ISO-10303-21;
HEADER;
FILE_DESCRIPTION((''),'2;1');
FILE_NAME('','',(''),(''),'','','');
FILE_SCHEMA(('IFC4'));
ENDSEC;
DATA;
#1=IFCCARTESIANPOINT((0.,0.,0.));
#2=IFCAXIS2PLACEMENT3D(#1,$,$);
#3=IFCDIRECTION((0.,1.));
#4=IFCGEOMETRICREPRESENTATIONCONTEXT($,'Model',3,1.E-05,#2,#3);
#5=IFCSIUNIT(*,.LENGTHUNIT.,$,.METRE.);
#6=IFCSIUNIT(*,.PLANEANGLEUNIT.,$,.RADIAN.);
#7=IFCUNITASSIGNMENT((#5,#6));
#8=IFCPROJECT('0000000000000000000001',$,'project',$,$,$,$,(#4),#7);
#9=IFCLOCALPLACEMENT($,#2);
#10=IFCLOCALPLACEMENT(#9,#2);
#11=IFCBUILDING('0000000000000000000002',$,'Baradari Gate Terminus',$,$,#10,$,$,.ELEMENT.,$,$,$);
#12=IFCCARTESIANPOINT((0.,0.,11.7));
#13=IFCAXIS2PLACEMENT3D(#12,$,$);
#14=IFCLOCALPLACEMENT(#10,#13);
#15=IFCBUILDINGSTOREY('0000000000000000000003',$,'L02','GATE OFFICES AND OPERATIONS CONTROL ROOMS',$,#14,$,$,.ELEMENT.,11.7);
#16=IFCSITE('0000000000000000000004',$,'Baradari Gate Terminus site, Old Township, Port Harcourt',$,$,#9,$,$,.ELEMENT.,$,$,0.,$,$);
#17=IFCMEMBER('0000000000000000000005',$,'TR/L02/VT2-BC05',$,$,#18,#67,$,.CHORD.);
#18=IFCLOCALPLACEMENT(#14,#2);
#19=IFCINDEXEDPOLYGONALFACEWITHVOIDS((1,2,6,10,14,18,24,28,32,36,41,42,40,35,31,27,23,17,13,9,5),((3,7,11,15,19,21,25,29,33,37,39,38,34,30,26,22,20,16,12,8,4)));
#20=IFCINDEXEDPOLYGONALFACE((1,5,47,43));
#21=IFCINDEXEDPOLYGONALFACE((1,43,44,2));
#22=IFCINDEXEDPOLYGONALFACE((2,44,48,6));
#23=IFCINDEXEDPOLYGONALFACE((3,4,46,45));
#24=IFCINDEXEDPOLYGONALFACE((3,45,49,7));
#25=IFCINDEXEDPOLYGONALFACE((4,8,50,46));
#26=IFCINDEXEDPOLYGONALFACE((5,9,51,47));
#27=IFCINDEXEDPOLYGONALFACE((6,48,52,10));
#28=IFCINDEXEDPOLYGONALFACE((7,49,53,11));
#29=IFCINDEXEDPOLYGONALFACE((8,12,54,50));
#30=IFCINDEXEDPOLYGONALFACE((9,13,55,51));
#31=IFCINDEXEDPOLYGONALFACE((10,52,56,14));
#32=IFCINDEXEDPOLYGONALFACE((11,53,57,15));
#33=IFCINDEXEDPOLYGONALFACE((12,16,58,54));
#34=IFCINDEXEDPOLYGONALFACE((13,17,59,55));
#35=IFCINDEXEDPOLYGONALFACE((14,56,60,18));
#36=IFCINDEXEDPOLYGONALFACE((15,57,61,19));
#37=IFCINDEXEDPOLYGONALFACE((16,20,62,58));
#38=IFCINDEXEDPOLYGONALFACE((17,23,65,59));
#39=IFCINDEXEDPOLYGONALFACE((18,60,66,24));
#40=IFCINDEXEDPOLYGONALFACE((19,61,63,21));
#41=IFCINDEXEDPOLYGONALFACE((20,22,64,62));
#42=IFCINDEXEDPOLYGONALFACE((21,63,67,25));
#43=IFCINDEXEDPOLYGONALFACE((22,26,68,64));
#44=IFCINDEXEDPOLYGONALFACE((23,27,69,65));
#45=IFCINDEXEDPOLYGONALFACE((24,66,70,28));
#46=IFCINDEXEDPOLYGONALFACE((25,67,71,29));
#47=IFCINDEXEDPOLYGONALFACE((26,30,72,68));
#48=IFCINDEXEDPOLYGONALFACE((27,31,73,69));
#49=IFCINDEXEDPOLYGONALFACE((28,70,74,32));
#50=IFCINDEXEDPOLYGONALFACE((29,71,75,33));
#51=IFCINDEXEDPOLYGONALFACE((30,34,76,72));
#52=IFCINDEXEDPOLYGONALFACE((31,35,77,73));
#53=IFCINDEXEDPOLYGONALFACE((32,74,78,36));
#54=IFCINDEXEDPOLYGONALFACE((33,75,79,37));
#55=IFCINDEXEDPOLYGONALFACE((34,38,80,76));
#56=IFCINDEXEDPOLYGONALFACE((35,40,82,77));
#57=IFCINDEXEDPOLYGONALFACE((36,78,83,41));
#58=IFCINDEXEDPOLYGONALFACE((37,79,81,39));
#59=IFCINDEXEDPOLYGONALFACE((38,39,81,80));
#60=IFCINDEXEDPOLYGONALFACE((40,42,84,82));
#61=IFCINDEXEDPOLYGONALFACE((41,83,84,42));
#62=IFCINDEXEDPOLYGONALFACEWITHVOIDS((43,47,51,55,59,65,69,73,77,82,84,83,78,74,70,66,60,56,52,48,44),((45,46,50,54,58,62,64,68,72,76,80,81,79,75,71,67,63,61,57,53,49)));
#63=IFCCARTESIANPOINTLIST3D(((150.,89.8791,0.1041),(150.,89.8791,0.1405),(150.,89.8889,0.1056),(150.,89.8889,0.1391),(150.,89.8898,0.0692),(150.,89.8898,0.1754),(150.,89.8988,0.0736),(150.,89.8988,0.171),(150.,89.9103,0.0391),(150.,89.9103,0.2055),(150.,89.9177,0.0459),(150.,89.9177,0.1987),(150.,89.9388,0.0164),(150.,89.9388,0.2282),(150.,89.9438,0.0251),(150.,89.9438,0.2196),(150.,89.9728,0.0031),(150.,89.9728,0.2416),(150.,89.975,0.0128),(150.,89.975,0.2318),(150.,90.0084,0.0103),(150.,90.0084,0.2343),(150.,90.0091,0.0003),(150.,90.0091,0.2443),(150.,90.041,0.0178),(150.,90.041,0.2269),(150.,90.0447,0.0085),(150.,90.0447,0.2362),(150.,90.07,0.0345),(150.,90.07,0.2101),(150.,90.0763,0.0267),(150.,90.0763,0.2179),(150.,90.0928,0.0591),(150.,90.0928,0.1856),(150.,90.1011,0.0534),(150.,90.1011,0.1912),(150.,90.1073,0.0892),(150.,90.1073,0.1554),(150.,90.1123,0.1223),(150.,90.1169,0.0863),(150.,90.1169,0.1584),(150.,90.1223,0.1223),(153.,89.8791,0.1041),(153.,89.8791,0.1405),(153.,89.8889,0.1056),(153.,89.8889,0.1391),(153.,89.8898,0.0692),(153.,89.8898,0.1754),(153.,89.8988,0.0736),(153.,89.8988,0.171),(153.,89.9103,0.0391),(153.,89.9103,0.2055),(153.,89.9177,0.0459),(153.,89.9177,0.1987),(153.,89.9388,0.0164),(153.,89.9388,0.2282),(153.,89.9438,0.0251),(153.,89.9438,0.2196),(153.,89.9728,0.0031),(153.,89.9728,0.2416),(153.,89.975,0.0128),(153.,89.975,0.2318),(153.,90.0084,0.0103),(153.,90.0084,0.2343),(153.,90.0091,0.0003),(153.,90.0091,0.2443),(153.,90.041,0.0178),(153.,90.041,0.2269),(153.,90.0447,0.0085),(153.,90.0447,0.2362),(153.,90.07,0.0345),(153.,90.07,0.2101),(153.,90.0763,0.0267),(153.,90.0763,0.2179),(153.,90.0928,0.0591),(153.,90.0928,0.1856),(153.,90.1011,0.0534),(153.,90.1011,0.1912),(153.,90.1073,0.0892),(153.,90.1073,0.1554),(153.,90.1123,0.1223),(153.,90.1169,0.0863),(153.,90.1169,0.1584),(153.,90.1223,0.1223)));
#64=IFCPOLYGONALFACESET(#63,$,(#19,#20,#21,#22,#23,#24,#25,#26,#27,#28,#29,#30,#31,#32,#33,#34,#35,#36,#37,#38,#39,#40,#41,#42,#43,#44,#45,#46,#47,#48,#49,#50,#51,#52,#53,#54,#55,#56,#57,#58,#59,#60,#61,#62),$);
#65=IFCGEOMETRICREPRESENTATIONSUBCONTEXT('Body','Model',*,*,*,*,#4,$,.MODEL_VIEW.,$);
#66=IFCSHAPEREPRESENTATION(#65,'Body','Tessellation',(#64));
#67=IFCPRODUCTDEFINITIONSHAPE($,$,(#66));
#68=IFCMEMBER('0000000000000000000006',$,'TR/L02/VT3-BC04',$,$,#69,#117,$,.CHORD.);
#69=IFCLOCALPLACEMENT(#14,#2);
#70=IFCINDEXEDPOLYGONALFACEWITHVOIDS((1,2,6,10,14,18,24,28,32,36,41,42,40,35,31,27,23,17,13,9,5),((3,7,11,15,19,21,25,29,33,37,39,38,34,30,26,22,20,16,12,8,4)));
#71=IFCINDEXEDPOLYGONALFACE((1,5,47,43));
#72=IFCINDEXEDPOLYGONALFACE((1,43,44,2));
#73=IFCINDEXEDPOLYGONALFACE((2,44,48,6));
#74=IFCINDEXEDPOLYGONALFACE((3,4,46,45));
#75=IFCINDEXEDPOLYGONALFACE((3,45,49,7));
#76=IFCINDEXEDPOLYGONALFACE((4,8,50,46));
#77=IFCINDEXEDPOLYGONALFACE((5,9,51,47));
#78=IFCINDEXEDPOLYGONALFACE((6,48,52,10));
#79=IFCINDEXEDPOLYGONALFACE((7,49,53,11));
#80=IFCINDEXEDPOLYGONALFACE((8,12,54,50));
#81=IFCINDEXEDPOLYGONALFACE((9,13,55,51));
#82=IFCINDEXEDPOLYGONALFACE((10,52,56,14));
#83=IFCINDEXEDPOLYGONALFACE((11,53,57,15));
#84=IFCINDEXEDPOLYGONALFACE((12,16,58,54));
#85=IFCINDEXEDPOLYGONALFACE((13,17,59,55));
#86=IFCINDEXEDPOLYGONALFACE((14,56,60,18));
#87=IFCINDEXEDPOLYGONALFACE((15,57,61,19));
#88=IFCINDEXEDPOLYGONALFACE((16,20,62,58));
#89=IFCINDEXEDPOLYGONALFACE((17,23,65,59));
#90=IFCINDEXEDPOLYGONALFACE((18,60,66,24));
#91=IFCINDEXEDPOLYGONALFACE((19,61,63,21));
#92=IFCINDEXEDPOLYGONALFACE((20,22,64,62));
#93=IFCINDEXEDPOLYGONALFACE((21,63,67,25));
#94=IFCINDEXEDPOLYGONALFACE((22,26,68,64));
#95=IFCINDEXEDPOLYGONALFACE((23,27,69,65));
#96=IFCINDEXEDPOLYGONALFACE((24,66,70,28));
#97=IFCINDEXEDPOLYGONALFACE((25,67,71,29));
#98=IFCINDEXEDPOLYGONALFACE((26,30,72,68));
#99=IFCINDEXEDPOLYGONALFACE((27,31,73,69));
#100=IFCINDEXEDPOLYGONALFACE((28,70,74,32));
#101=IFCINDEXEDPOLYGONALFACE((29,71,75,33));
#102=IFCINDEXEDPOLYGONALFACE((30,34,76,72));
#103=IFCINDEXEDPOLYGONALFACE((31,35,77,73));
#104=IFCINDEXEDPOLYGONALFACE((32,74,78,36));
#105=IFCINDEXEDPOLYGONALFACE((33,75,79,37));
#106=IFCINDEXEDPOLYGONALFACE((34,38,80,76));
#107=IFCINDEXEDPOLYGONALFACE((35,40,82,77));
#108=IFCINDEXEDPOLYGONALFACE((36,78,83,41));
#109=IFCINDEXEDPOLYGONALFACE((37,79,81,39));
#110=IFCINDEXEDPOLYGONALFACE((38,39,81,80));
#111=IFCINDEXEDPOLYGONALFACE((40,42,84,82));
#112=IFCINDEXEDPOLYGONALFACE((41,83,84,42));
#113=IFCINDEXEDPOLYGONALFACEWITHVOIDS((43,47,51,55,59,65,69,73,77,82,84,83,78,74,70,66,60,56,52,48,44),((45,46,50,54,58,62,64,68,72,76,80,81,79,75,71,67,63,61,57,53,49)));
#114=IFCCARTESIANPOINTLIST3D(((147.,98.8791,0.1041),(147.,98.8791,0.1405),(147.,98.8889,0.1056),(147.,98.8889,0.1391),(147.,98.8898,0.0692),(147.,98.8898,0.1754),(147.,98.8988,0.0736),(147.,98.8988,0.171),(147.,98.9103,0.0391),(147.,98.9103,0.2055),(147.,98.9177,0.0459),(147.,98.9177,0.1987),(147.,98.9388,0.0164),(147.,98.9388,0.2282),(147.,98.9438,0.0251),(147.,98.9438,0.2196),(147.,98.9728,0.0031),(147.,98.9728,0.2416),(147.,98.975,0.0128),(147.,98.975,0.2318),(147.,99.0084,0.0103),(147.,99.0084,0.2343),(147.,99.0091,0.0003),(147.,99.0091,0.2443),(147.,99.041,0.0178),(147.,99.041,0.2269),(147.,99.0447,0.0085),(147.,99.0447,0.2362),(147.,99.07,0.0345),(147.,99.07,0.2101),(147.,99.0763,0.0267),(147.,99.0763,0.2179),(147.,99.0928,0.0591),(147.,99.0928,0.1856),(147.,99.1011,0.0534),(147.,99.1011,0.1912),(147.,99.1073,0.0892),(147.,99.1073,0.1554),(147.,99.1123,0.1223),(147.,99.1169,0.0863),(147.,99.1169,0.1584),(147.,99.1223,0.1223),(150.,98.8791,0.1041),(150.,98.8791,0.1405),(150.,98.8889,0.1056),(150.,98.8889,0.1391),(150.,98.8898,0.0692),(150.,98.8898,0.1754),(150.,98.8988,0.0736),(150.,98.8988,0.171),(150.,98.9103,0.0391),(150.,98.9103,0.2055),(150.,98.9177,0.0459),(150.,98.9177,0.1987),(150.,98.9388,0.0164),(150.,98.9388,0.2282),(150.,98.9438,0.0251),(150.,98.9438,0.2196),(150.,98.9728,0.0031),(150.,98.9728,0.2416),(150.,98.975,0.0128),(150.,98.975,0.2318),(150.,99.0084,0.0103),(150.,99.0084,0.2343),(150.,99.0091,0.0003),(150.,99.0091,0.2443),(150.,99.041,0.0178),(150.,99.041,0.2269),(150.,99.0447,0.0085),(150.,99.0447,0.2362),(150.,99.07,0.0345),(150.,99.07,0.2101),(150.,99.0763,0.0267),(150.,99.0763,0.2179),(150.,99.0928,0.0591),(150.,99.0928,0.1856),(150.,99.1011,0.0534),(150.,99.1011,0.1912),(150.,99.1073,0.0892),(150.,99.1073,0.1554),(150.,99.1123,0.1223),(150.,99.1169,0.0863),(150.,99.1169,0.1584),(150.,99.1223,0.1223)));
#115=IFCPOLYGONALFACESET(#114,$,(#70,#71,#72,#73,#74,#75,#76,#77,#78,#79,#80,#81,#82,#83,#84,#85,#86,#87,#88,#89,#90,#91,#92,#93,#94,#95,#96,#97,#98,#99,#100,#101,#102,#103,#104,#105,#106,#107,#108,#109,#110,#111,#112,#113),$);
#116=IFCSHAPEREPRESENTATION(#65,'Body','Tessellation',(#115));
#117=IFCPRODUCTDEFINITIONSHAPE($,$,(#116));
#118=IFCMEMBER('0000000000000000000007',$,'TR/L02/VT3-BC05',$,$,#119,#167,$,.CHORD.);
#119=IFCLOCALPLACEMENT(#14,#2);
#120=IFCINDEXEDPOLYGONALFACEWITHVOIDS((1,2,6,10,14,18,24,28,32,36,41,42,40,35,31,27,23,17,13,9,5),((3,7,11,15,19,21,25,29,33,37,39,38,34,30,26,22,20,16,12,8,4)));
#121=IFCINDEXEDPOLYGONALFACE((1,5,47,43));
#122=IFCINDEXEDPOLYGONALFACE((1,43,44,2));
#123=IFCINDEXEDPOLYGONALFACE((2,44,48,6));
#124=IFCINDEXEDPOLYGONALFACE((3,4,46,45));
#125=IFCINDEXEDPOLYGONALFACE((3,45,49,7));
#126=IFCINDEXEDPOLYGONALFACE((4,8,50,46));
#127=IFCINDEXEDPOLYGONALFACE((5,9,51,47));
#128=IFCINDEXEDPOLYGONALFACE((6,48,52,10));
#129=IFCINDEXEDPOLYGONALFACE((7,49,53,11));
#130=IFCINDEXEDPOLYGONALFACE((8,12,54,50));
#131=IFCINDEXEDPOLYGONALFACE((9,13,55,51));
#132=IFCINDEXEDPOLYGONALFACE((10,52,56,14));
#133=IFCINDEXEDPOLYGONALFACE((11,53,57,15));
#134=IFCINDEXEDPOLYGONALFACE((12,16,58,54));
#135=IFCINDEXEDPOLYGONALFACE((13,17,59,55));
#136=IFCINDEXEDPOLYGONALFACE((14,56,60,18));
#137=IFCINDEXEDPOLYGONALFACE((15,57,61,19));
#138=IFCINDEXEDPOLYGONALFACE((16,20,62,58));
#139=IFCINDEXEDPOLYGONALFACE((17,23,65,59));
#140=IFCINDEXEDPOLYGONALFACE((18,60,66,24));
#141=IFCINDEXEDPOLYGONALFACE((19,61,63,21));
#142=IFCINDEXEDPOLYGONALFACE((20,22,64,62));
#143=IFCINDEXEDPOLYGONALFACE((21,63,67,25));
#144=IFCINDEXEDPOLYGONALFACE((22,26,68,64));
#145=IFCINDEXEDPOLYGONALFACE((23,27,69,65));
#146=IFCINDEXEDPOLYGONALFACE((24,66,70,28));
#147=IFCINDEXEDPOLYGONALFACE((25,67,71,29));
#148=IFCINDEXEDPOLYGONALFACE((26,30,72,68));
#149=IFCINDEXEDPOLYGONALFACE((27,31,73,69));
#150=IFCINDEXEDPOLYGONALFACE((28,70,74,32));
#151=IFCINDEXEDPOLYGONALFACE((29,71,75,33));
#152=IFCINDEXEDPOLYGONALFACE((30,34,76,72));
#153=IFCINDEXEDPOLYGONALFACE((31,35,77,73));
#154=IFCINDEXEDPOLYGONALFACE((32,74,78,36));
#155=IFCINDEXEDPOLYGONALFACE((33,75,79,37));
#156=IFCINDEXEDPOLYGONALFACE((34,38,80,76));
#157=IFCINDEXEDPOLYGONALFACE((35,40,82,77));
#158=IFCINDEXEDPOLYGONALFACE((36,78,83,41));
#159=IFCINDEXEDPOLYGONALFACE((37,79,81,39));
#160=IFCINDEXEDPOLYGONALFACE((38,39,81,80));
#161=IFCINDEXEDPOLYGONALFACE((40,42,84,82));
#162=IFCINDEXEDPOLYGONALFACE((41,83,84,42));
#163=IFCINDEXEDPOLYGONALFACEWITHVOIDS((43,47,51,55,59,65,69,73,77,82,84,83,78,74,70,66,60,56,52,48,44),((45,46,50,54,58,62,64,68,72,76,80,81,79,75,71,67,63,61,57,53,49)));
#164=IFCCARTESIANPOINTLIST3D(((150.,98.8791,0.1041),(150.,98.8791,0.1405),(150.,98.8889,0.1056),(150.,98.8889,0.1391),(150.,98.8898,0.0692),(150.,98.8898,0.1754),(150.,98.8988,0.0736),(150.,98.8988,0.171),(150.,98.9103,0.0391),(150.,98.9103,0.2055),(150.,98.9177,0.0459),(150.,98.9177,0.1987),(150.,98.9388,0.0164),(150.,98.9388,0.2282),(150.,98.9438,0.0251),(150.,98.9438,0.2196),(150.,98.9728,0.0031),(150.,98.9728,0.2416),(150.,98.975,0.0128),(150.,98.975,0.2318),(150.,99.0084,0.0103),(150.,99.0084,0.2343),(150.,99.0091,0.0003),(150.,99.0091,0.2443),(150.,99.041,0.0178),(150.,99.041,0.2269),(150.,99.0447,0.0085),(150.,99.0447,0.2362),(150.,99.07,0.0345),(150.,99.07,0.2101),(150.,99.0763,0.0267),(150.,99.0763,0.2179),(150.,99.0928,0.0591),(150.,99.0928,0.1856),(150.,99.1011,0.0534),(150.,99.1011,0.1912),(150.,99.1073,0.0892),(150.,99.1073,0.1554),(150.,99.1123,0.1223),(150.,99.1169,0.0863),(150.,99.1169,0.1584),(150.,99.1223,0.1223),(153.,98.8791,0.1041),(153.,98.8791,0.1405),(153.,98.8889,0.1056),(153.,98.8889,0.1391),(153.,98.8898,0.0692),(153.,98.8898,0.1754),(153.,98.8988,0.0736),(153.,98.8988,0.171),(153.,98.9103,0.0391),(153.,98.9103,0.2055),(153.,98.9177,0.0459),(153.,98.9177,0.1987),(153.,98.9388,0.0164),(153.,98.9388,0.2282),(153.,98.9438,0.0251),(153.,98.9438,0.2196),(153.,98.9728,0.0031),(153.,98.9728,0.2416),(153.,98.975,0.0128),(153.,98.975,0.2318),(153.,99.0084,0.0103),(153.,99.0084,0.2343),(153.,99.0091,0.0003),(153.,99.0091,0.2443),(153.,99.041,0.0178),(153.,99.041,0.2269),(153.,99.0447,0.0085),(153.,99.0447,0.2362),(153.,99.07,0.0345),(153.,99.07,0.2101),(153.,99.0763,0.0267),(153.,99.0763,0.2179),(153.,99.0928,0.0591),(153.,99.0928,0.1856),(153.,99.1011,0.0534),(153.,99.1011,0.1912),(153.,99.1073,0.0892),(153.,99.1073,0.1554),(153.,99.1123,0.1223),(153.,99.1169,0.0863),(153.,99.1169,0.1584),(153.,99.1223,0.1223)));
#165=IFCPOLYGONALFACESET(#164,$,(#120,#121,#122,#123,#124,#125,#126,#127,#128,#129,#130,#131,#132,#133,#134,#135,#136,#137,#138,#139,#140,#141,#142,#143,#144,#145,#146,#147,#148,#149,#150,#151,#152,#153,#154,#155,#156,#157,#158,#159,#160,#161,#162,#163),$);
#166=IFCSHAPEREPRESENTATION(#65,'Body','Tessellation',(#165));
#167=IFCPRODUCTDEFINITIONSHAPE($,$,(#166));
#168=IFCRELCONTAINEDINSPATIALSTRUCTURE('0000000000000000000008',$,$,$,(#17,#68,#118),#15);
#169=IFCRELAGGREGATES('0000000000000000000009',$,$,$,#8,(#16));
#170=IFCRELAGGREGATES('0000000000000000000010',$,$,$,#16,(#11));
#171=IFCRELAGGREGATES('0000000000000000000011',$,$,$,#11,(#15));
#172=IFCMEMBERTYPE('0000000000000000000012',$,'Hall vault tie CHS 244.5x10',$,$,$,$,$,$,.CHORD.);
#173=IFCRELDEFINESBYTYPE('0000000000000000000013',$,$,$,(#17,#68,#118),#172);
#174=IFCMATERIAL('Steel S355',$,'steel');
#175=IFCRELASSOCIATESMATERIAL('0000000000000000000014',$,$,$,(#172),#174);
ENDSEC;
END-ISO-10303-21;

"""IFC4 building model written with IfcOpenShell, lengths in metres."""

from ifc_helpers import new_model, si_unit, direction, frame, origin, origin_2d, place, context, subcontext, project, spatial, hollow_circle, extrude, material, material_profile, profile_set, type_object, element, save


model = new_model("IFC4")

# Units and contexts
model_context = context("Model", 3, precision=1e-05, world=origin(), true_north=direction((0.0, 1.0)))
body_context = subcontext(model_context, "Body", "Model", "MODEL_VIEW")
ifc_project = project(units=[si_unit("LENGTHUNIT", "METRE"), si_unit("PLANEANGLEUNIT", "RADIAN")], contexts=[model_context])

# Site, building, storey
site_placement = place(None, origin())
site = spatial("IfcSite", under=ifc_project, at=site_placement, Name="Baradari Gate Terminus site, Old Township, Port Harcourt", CompositionType="ELEMENT", RefElevation=0.0)
building_placement = place(site_placement, origin())
building = spatial("IfcBuilding", under=site, at=building_placement, Name="Baradari Gate Terminus", CompositionType="ELEMENT")
storey_placement = place(building_placement, frame((0.0, 0.0, 11.7)))
storey = spatial("IfcBuildingStorey", under=building, at=storey_placement, Name="L02", Description="GATE OFFICES AND OPERATIONS CONTROL ROOMS", CompositionType="ELEMENT", Elevation=11.7)

# Members
ifc_material_1 = material(Name="Steel S355", Category="steel")
ifc_material_profile_1 = material_profile(ifc_material_1, hollow_circle(Radius=0.1223, WallThickness=0.01, at=origin_2d()), Name="CHS 244.5x10")
ifc_profile_set_1 = profile_set([ifc_material_profile_1], Name="Steel S355")
member_type_1 = type_object("IfcMemberType", Name="Hall vault tie CHS 244.5x10", PredefinedType="CHORD", material=ifc_profile_set_1)
for number, where, z_axis, x_axis, name in (
    (1, (150.0, 90.0, 0.1223), (1.0, 0.0, 0.0), (0.0, 1.0, 0.0), "TR/L02/VT2-BC05"),
    (2, (147.0, 99.0, 0.1223), (1.0, 0.0, 0.0), (0.0, 1.0, 0.0), "TR/L02/VT3-BC04"),
    (3, (150.0, 99.0, 0.1223), (1.0, 0.0, 0.0), (0.0, 1.0, 0.0), "TR/L02/VT3-BC05"),
):
    element("IfcMember", number, at=place(storey_placement, frame(where, z_axis=z_axis, x_axis=x_axis)), inside=storey, type_object=member_type_1, Name=name, PredefinedType="CHORD", context=body_context, shape_type="SweptSolid", body=[
        extrude(hollow_circle(Radius=0.1223, WallThickness=0.01, at=origin_2d()), origin(), (0.0, 0.0, 1.0), 3.0),
    ])

save(model, "model.ifc")
